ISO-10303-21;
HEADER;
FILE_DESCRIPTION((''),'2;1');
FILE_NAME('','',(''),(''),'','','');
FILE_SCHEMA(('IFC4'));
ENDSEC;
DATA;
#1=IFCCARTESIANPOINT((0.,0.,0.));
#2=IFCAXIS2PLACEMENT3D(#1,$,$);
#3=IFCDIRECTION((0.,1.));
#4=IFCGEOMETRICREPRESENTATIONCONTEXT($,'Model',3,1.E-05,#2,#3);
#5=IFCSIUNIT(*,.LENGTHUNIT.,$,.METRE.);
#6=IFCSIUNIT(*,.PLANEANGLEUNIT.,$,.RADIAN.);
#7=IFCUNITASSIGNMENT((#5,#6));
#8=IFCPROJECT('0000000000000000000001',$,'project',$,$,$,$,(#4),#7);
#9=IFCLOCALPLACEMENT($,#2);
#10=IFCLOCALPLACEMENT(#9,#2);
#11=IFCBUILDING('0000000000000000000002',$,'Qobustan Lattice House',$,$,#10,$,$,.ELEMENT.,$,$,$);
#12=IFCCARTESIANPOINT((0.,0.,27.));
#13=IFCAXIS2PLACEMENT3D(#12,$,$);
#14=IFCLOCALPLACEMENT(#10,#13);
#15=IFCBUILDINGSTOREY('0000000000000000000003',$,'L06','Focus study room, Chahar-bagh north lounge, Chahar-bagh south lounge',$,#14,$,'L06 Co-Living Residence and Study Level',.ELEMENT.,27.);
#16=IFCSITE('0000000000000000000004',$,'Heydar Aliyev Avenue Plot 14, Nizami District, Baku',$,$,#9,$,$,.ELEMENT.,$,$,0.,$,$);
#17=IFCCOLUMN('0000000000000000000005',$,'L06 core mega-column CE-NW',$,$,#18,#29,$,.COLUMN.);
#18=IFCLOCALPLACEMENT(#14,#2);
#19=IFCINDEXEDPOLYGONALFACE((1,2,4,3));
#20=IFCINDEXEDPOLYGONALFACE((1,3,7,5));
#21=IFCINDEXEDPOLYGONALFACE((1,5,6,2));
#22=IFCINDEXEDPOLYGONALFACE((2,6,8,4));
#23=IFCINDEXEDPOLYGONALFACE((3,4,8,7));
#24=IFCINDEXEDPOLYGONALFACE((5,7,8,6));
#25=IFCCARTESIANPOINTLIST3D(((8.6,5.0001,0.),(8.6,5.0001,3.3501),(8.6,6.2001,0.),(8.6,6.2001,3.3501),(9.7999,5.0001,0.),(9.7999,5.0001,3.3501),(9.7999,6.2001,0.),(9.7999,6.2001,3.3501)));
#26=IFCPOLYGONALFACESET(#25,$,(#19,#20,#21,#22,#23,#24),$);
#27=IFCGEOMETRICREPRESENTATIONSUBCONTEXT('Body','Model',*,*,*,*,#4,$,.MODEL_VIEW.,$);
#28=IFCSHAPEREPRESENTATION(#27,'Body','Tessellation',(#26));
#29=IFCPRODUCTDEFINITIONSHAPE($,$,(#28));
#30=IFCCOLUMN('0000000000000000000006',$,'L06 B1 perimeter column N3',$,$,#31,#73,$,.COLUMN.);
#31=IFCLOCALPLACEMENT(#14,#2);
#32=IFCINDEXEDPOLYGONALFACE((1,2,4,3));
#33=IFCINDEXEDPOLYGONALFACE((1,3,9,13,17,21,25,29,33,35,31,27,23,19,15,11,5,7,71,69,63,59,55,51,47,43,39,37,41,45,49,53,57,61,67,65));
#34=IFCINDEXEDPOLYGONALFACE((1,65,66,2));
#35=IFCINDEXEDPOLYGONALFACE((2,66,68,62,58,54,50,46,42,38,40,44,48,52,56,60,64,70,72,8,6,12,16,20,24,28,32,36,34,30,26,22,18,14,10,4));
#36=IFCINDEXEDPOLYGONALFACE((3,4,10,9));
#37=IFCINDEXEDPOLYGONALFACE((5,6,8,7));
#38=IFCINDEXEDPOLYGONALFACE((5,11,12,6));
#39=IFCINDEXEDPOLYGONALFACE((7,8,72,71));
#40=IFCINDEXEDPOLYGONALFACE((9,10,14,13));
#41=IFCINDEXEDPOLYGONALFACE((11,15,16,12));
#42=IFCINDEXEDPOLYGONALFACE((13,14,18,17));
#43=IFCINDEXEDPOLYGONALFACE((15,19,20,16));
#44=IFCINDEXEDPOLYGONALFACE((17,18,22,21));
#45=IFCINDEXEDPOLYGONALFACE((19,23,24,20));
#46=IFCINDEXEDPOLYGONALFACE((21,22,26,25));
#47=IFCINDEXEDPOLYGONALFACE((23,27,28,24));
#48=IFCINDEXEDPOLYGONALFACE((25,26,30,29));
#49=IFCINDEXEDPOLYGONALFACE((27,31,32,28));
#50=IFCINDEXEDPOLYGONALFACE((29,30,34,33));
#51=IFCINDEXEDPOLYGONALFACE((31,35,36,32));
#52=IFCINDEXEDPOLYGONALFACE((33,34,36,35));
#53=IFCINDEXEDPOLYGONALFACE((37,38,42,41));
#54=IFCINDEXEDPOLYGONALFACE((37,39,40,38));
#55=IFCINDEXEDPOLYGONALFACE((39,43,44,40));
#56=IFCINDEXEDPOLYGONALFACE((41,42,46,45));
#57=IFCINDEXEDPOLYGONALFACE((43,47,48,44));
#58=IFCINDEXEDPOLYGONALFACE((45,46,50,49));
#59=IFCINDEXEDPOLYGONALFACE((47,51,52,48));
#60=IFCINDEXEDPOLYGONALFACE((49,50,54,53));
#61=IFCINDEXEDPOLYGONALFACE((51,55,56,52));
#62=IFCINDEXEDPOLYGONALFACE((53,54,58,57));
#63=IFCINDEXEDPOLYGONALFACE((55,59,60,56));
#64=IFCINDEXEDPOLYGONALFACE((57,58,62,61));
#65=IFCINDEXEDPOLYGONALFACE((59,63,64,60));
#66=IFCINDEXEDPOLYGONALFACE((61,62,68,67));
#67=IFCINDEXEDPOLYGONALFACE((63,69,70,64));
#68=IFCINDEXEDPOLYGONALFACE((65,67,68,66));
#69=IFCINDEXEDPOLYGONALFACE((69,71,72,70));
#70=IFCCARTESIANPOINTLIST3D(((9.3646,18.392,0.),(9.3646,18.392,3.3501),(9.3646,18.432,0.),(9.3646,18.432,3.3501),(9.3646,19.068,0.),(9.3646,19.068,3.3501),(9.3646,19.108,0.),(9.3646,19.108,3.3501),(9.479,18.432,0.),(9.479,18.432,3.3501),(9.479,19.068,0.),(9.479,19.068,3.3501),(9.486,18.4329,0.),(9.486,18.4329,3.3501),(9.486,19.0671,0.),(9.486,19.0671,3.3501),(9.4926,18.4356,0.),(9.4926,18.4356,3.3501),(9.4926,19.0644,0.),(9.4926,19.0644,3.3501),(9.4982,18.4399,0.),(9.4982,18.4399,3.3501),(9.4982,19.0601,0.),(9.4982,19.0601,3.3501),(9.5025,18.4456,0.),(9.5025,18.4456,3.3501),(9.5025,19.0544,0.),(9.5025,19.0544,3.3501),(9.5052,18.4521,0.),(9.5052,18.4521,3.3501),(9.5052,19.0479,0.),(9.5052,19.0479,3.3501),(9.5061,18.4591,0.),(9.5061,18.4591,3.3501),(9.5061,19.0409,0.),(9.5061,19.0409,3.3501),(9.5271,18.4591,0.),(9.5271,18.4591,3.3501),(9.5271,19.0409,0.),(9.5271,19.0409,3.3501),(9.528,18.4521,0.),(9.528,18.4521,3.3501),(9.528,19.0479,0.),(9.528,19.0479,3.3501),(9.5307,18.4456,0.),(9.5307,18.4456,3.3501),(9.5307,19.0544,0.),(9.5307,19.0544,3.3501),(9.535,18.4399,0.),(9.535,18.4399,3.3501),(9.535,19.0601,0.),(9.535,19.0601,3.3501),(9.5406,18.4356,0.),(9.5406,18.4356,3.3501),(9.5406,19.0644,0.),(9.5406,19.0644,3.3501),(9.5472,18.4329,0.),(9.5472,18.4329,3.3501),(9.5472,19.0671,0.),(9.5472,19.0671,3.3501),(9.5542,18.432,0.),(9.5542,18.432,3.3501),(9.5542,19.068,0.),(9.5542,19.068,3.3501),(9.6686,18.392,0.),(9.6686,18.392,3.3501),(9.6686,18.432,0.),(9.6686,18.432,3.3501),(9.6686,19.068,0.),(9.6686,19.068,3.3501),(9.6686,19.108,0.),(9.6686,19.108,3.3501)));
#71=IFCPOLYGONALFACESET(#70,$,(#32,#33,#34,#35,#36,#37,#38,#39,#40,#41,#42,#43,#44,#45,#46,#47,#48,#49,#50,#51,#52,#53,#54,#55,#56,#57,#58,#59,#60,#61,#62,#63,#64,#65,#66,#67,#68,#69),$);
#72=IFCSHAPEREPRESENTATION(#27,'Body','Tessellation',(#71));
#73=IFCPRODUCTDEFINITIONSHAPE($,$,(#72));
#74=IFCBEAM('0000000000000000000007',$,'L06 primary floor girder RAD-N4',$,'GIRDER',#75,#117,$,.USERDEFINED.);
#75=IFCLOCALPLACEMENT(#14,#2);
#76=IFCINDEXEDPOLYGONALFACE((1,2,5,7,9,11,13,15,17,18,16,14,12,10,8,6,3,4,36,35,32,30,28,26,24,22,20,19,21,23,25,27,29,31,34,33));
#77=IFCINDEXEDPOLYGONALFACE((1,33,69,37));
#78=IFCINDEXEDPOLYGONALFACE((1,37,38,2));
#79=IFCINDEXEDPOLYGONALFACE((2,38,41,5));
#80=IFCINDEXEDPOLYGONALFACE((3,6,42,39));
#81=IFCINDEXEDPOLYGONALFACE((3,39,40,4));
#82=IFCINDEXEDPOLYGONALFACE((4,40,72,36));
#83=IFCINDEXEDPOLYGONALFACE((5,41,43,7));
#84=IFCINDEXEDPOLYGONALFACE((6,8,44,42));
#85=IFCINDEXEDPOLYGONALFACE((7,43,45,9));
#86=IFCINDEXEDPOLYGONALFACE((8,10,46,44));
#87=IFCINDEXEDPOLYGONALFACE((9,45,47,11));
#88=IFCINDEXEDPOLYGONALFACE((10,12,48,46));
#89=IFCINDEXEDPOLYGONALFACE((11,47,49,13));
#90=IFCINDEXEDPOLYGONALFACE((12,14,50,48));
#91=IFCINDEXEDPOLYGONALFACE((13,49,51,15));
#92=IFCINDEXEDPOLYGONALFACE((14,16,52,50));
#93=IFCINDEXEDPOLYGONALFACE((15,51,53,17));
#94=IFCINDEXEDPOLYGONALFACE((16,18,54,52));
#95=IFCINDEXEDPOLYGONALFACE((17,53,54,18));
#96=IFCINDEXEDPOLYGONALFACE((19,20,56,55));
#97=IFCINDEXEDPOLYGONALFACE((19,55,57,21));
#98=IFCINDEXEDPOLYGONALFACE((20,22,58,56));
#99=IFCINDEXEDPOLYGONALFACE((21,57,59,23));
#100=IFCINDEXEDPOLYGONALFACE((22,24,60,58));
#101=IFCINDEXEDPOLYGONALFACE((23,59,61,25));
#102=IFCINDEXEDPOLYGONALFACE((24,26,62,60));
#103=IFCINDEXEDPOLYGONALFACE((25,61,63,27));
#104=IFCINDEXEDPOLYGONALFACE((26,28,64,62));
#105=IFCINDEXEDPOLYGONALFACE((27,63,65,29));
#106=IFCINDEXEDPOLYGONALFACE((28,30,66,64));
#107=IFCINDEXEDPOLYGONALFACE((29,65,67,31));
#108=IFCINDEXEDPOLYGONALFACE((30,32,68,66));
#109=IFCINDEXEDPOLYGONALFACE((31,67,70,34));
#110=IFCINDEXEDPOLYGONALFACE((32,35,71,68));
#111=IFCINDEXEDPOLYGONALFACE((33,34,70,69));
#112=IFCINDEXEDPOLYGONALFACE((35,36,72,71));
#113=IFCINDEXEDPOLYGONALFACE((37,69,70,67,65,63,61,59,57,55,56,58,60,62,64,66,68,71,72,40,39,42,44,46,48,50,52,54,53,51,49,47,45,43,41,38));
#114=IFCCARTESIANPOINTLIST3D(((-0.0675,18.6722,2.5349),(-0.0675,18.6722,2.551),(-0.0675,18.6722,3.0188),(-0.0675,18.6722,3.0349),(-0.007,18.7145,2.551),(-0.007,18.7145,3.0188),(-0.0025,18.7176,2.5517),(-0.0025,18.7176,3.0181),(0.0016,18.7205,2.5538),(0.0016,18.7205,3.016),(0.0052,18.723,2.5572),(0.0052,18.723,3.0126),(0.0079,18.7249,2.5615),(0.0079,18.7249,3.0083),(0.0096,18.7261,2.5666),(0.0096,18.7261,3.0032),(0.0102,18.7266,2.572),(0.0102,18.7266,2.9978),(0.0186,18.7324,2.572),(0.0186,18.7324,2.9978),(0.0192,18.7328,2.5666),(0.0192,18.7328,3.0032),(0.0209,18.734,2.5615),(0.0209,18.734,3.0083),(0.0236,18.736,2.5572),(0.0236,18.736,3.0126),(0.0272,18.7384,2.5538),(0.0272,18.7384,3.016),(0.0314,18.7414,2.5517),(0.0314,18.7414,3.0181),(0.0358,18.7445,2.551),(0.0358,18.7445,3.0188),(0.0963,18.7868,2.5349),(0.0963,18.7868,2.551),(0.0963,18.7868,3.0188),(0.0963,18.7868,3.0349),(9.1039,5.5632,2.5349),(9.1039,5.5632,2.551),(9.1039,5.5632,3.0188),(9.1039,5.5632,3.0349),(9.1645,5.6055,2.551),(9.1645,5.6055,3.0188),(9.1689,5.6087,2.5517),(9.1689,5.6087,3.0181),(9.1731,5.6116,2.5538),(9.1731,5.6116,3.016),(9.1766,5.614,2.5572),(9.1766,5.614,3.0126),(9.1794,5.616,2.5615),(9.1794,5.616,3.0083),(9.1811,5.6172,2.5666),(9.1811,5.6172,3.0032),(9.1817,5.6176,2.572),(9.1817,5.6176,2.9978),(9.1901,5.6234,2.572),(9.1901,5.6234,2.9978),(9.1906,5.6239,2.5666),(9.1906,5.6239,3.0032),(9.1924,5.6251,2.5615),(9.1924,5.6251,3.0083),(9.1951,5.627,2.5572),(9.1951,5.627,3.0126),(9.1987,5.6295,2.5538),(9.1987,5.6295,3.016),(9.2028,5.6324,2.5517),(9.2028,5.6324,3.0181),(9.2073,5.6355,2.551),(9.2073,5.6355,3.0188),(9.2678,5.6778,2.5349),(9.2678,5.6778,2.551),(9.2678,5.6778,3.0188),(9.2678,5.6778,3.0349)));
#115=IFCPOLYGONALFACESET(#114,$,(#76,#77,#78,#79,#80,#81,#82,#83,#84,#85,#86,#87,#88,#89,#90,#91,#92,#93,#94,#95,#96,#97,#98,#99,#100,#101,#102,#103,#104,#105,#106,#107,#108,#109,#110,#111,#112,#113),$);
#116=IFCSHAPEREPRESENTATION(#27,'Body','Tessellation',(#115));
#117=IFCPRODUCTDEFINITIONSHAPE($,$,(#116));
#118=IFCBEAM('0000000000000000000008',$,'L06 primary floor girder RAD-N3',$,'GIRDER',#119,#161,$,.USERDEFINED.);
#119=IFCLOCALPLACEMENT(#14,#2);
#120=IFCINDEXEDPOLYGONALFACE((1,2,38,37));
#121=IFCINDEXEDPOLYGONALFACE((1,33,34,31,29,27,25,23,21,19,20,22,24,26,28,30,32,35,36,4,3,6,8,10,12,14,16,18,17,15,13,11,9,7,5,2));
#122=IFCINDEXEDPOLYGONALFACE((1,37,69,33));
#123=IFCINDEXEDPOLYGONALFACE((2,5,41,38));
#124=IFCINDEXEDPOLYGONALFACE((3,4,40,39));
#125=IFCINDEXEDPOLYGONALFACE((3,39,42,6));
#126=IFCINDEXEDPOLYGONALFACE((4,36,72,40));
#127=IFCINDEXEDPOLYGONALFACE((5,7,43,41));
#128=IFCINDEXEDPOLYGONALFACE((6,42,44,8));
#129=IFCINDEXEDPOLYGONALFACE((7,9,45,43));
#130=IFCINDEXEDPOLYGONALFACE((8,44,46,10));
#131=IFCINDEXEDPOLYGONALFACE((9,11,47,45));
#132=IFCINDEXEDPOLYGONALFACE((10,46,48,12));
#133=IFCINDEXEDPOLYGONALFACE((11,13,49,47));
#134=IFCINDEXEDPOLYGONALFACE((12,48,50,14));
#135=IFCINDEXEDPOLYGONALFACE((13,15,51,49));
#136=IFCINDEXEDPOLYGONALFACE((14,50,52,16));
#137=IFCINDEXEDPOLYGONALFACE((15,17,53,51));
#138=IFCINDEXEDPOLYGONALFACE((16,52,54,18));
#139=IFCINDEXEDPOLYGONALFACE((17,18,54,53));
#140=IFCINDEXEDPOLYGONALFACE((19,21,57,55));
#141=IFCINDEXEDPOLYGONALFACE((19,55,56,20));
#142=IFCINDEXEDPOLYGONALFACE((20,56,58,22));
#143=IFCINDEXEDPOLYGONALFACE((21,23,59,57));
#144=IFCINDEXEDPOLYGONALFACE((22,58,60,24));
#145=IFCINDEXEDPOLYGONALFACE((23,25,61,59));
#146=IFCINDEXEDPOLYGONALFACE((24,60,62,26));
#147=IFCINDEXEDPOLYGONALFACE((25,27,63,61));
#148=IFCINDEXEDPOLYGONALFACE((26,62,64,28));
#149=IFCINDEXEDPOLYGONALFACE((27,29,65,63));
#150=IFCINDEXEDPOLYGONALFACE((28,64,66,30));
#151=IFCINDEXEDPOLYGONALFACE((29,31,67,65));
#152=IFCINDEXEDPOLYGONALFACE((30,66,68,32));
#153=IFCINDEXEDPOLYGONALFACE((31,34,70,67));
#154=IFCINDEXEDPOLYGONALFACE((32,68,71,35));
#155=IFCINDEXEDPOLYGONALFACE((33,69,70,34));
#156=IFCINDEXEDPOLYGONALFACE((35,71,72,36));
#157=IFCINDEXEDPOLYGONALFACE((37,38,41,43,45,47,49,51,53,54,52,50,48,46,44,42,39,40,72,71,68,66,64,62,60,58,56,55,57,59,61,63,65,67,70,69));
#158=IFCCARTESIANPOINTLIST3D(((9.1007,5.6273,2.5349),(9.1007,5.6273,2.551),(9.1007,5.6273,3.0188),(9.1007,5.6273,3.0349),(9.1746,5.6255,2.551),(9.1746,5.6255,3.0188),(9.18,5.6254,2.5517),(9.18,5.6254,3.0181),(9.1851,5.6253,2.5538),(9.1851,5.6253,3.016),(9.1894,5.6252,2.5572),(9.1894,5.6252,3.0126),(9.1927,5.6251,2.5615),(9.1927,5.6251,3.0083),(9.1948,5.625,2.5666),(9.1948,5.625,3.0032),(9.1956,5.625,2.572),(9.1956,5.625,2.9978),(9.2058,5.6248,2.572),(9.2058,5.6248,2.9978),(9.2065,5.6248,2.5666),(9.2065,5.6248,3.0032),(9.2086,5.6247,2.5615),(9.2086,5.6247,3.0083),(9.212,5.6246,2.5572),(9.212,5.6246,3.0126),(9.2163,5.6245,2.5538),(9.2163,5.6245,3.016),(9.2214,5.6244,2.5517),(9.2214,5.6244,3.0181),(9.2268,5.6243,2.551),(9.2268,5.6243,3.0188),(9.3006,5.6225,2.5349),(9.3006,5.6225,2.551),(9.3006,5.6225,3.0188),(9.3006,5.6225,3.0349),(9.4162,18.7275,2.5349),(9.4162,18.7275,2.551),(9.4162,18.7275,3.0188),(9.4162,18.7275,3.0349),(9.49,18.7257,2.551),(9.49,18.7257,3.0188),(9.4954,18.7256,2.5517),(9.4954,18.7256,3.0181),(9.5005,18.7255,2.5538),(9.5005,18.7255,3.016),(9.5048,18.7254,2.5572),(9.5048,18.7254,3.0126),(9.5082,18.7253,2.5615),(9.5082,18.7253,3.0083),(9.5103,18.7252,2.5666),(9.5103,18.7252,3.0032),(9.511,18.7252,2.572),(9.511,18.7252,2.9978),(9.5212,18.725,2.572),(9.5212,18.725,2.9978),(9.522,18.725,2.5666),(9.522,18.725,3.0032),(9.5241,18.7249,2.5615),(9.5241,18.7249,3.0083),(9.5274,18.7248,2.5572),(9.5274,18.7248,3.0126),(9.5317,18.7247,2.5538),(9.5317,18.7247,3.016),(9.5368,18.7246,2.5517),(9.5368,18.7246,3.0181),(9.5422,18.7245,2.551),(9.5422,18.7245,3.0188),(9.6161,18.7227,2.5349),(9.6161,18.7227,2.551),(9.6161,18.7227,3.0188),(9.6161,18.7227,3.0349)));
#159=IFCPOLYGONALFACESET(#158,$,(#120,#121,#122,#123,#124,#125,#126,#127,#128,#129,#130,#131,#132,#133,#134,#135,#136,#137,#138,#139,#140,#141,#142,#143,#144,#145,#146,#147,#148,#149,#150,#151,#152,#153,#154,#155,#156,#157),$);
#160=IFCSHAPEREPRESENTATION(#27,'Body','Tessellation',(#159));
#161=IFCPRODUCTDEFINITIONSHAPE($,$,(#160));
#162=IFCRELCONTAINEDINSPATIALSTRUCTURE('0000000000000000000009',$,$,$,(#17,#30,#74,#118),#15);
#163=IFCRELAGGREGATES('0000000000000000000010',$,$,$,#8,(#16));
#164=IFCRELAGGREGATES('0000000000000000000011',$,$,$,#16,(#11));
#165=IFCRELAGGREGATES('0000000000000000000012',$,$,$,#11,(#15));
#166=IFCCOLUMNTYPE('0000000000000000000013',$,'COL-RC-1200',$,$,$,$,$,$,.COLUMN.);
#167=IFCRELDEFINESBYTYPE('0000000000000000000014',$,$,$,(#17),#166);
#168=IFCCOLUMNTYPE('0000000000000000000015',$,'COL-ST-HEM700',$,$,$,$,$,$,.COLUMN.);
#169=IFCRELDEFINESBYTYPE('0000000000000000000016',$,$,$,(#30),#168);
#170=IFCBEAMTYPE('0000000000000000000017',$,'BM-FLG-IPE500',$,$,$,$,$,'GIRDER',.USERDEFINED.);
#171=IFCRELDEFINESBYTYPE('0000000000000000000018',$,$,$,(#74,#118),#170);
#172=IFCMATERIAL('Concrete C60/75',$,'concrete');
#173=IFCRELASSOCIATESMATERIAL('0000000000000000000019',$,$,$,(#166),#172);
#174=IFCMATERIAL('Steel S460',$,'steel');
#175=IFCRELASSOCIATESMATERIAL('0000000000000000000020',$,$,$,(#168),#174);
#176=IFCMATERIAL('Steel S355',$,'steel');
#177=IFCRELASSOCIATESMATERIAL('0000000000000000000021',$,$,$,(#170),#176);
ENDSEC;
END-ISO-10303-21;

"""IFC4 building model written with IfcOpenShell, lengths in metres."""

from ifc_helpers import new_model, si_unit, direction, frame, origin, origin_2d, place, context, subcontext, project, spatial, rectangle, i_section, extrude, material, material_profile, profile_set, type_object, element, save


model = new_model("IFC4")

# Units and contexts
model_context = context("Model", 3, precision=1e-05, world=origin(), true_north=direction((0.0, 1.0)))
body_context = subcontext(model_context, "Body", "Model", "MODEL_VIEW")
ifc_project = project(units=[si_unit("LENGTHUNIT", "METRE"), si_unit("PLANEANGLEUNIT", "RADIAN")], contexts=[model_context])

# Site, building, storey
site_placement = place(None, origin())
site = spatial("IfcSite", under=ifc_project, at=site_placement, Name="Heydar Aliyev Avenue Plot 14, Nizami District, Baku", CompositionType="ELEMENT", RefElevation=0.0)
building_placement = place(site_placement, origin())
building = spatial("IfcBuilding", under=site, at=building_placement, Name="Qobustan Lattice House", CompositionType="ELEMENT")
storey_placement = place(building_placement, frame((0.0, 0.0, 27.0)))
storey = spatial("IfcBuildingStorey", under=building, at=storey_placement, Name="L06", Description="Focus study room, Chahar-bagh north lounge, Chahar-bagh south lounge", LongName="L06 Co-Living Residence and Study Level", CompositionType="ELEMENT", Elevation=27.0)

# Columns
ifc_material_1 = material(Name="Concrete C60/75", Category="concrete")
ifc_material_profile_1 = material_profile(ifc_material_1, rectangle(XDim=1.2, YDim=1.2, at=origin_2d()), Name="RC1200x1200")
ifc_profile_set_1 = profile_set([ifc_material_profile_1], Name="Concrete C60/75")
column_type_1 = type_object("IfcColumnType", Name="COL-RC-1200", PredefinedType="COLUMN", material=ifc_profile_set_1)
column_1_placement = place(storey_placement, frame((9.2, 5.6001, 0.0), z_axis=(0.0, 0.0, 1.0), x_axis=(1.0, 0.0, 0.0)))
element("IfcColumn", 1, at=column_1_placement, inside=storey, type_object=column_type_1, Name="L06 core mega-column CE-NW", PredefinedType="COLUMN", context=body_context, shape_type="SweptSolid", body=[
    extrude(rectangle(XDim=1.2, YDim=1.2, at=origin_2d()), origin(), (0.0, 0.0, 1.0), 3.3501),
])
ifc_material_2 = material(Name="Steel S460", Category="steel")
ifc_material_profile_2 = material_profile(ifc_material_2, i_section(OverallWidth=0.304, OverallDepth=0.7161, WebThickness=0.021, FlangeThickness=0.04, FilletRadius=0.0271, at=origin_2d()), Name="HEM700")
ifc_profile_set_2 = profile_set([ifc_material_profile_2], Name="Steel S460")
column_type_2 = type_object("IfcColumnType", Name="COL-ST-HEM700", PredefinedType="COLUMN", material=ifc_profile_set_2)
column_2_placement = place(storey_placement, frame((9.5166, 18.75, 0.0), z_axis=(0.0, 0.0, 1.0), x_axis=(1.0, 0.0, 0.0)))
element("IfcColumn", 2, at=column_2_placement, inside=storey, type_object=column_type_2, Name="L06 B1 perimeter column N3", PredefinedType="COLUMN", context=body_context, shape_type="SweptSolid", body=[
    extrude(i_section(OverallWidth=0.304, OverallDepth=0.7161, WebThickness=0.021, FlangeThickness=0.04, FilletRadius=0.0271, at=origin_2d()), origin(), (0.0, 0.0, 1.0), 3.3501),
])

# Beams
ifc_material_3 = material(Name="Steel S355", Category="steel")
ifc_material_profile_3 = material_profile(ifc_material_3, i_section(OverallWidth=0.2, OverallDepth=0.5, WebThickness=0.0103, FlangeThickness=0.0161, FilletRadius=0.021, at=origin_2d()), Name="IPE500")
ifc_profile_set_3 = profile_set([ifc_material_profile_3], Name="Steel S355")
beam_type_1 = type_object("IfcBeamType", Name="BM-FLG-IPE500", ElementType="GIRDER", PredefinedType="USERDEFINED", material=ifc_profile_set_3)
beam_1_placement = place(storey_placement, frame((0.0144, 18.7295, 2.7849), z_axis=(0.57326, -0.819374, 0.0), x_axis=(0.819374, 0.57326, 0.0)))
element("IfcBeam", 3, at=beam_1_placement, inside=storey, type_object=beam_type_1, Name="L06 primary floor girder RAD-N4", ObjectType="GIRDER", PredefinedType="USERDEFINED", context=body_context, shape_type="SweptSolid", body=[
    extrude(i_section(OverallWidth=0.2, OverallDepth=0.5, WebThickness=0.0103, FlangeThickness=0.0161, FilletRadius=0.021, at=origin_2d()), origin(), (0.0, 0.0, 1.0), 15.9988),
])
beam_2_placement = place(storey_placement, frame((9.5161, 18.7251, 2.7849), z_axis=(-0.024071, -0.99971, 0.0), x_axis=(0.99971, -0.024071, 0.0)))
element("IfcBeam", 4, at=beam_2_placement, inside=storey, type_object=beam_type_1, Name="L06 primary floor girder RAD-N3", ObjectType="GIRDER", PredefinedType="USERDEFINED", context=body_context, shape_type="SweptSolid", body=[
    extrude(i_section(OverallWidth=0.2, OverallDepth=0.5, WebThickness=0.0103, FlangeThickness=0.0161, FilletRadius=0.021, at=origin_2d()), origin(), (0.0, 0.0, 1.0), 13.104),
])

save(model, "model.ifc")
